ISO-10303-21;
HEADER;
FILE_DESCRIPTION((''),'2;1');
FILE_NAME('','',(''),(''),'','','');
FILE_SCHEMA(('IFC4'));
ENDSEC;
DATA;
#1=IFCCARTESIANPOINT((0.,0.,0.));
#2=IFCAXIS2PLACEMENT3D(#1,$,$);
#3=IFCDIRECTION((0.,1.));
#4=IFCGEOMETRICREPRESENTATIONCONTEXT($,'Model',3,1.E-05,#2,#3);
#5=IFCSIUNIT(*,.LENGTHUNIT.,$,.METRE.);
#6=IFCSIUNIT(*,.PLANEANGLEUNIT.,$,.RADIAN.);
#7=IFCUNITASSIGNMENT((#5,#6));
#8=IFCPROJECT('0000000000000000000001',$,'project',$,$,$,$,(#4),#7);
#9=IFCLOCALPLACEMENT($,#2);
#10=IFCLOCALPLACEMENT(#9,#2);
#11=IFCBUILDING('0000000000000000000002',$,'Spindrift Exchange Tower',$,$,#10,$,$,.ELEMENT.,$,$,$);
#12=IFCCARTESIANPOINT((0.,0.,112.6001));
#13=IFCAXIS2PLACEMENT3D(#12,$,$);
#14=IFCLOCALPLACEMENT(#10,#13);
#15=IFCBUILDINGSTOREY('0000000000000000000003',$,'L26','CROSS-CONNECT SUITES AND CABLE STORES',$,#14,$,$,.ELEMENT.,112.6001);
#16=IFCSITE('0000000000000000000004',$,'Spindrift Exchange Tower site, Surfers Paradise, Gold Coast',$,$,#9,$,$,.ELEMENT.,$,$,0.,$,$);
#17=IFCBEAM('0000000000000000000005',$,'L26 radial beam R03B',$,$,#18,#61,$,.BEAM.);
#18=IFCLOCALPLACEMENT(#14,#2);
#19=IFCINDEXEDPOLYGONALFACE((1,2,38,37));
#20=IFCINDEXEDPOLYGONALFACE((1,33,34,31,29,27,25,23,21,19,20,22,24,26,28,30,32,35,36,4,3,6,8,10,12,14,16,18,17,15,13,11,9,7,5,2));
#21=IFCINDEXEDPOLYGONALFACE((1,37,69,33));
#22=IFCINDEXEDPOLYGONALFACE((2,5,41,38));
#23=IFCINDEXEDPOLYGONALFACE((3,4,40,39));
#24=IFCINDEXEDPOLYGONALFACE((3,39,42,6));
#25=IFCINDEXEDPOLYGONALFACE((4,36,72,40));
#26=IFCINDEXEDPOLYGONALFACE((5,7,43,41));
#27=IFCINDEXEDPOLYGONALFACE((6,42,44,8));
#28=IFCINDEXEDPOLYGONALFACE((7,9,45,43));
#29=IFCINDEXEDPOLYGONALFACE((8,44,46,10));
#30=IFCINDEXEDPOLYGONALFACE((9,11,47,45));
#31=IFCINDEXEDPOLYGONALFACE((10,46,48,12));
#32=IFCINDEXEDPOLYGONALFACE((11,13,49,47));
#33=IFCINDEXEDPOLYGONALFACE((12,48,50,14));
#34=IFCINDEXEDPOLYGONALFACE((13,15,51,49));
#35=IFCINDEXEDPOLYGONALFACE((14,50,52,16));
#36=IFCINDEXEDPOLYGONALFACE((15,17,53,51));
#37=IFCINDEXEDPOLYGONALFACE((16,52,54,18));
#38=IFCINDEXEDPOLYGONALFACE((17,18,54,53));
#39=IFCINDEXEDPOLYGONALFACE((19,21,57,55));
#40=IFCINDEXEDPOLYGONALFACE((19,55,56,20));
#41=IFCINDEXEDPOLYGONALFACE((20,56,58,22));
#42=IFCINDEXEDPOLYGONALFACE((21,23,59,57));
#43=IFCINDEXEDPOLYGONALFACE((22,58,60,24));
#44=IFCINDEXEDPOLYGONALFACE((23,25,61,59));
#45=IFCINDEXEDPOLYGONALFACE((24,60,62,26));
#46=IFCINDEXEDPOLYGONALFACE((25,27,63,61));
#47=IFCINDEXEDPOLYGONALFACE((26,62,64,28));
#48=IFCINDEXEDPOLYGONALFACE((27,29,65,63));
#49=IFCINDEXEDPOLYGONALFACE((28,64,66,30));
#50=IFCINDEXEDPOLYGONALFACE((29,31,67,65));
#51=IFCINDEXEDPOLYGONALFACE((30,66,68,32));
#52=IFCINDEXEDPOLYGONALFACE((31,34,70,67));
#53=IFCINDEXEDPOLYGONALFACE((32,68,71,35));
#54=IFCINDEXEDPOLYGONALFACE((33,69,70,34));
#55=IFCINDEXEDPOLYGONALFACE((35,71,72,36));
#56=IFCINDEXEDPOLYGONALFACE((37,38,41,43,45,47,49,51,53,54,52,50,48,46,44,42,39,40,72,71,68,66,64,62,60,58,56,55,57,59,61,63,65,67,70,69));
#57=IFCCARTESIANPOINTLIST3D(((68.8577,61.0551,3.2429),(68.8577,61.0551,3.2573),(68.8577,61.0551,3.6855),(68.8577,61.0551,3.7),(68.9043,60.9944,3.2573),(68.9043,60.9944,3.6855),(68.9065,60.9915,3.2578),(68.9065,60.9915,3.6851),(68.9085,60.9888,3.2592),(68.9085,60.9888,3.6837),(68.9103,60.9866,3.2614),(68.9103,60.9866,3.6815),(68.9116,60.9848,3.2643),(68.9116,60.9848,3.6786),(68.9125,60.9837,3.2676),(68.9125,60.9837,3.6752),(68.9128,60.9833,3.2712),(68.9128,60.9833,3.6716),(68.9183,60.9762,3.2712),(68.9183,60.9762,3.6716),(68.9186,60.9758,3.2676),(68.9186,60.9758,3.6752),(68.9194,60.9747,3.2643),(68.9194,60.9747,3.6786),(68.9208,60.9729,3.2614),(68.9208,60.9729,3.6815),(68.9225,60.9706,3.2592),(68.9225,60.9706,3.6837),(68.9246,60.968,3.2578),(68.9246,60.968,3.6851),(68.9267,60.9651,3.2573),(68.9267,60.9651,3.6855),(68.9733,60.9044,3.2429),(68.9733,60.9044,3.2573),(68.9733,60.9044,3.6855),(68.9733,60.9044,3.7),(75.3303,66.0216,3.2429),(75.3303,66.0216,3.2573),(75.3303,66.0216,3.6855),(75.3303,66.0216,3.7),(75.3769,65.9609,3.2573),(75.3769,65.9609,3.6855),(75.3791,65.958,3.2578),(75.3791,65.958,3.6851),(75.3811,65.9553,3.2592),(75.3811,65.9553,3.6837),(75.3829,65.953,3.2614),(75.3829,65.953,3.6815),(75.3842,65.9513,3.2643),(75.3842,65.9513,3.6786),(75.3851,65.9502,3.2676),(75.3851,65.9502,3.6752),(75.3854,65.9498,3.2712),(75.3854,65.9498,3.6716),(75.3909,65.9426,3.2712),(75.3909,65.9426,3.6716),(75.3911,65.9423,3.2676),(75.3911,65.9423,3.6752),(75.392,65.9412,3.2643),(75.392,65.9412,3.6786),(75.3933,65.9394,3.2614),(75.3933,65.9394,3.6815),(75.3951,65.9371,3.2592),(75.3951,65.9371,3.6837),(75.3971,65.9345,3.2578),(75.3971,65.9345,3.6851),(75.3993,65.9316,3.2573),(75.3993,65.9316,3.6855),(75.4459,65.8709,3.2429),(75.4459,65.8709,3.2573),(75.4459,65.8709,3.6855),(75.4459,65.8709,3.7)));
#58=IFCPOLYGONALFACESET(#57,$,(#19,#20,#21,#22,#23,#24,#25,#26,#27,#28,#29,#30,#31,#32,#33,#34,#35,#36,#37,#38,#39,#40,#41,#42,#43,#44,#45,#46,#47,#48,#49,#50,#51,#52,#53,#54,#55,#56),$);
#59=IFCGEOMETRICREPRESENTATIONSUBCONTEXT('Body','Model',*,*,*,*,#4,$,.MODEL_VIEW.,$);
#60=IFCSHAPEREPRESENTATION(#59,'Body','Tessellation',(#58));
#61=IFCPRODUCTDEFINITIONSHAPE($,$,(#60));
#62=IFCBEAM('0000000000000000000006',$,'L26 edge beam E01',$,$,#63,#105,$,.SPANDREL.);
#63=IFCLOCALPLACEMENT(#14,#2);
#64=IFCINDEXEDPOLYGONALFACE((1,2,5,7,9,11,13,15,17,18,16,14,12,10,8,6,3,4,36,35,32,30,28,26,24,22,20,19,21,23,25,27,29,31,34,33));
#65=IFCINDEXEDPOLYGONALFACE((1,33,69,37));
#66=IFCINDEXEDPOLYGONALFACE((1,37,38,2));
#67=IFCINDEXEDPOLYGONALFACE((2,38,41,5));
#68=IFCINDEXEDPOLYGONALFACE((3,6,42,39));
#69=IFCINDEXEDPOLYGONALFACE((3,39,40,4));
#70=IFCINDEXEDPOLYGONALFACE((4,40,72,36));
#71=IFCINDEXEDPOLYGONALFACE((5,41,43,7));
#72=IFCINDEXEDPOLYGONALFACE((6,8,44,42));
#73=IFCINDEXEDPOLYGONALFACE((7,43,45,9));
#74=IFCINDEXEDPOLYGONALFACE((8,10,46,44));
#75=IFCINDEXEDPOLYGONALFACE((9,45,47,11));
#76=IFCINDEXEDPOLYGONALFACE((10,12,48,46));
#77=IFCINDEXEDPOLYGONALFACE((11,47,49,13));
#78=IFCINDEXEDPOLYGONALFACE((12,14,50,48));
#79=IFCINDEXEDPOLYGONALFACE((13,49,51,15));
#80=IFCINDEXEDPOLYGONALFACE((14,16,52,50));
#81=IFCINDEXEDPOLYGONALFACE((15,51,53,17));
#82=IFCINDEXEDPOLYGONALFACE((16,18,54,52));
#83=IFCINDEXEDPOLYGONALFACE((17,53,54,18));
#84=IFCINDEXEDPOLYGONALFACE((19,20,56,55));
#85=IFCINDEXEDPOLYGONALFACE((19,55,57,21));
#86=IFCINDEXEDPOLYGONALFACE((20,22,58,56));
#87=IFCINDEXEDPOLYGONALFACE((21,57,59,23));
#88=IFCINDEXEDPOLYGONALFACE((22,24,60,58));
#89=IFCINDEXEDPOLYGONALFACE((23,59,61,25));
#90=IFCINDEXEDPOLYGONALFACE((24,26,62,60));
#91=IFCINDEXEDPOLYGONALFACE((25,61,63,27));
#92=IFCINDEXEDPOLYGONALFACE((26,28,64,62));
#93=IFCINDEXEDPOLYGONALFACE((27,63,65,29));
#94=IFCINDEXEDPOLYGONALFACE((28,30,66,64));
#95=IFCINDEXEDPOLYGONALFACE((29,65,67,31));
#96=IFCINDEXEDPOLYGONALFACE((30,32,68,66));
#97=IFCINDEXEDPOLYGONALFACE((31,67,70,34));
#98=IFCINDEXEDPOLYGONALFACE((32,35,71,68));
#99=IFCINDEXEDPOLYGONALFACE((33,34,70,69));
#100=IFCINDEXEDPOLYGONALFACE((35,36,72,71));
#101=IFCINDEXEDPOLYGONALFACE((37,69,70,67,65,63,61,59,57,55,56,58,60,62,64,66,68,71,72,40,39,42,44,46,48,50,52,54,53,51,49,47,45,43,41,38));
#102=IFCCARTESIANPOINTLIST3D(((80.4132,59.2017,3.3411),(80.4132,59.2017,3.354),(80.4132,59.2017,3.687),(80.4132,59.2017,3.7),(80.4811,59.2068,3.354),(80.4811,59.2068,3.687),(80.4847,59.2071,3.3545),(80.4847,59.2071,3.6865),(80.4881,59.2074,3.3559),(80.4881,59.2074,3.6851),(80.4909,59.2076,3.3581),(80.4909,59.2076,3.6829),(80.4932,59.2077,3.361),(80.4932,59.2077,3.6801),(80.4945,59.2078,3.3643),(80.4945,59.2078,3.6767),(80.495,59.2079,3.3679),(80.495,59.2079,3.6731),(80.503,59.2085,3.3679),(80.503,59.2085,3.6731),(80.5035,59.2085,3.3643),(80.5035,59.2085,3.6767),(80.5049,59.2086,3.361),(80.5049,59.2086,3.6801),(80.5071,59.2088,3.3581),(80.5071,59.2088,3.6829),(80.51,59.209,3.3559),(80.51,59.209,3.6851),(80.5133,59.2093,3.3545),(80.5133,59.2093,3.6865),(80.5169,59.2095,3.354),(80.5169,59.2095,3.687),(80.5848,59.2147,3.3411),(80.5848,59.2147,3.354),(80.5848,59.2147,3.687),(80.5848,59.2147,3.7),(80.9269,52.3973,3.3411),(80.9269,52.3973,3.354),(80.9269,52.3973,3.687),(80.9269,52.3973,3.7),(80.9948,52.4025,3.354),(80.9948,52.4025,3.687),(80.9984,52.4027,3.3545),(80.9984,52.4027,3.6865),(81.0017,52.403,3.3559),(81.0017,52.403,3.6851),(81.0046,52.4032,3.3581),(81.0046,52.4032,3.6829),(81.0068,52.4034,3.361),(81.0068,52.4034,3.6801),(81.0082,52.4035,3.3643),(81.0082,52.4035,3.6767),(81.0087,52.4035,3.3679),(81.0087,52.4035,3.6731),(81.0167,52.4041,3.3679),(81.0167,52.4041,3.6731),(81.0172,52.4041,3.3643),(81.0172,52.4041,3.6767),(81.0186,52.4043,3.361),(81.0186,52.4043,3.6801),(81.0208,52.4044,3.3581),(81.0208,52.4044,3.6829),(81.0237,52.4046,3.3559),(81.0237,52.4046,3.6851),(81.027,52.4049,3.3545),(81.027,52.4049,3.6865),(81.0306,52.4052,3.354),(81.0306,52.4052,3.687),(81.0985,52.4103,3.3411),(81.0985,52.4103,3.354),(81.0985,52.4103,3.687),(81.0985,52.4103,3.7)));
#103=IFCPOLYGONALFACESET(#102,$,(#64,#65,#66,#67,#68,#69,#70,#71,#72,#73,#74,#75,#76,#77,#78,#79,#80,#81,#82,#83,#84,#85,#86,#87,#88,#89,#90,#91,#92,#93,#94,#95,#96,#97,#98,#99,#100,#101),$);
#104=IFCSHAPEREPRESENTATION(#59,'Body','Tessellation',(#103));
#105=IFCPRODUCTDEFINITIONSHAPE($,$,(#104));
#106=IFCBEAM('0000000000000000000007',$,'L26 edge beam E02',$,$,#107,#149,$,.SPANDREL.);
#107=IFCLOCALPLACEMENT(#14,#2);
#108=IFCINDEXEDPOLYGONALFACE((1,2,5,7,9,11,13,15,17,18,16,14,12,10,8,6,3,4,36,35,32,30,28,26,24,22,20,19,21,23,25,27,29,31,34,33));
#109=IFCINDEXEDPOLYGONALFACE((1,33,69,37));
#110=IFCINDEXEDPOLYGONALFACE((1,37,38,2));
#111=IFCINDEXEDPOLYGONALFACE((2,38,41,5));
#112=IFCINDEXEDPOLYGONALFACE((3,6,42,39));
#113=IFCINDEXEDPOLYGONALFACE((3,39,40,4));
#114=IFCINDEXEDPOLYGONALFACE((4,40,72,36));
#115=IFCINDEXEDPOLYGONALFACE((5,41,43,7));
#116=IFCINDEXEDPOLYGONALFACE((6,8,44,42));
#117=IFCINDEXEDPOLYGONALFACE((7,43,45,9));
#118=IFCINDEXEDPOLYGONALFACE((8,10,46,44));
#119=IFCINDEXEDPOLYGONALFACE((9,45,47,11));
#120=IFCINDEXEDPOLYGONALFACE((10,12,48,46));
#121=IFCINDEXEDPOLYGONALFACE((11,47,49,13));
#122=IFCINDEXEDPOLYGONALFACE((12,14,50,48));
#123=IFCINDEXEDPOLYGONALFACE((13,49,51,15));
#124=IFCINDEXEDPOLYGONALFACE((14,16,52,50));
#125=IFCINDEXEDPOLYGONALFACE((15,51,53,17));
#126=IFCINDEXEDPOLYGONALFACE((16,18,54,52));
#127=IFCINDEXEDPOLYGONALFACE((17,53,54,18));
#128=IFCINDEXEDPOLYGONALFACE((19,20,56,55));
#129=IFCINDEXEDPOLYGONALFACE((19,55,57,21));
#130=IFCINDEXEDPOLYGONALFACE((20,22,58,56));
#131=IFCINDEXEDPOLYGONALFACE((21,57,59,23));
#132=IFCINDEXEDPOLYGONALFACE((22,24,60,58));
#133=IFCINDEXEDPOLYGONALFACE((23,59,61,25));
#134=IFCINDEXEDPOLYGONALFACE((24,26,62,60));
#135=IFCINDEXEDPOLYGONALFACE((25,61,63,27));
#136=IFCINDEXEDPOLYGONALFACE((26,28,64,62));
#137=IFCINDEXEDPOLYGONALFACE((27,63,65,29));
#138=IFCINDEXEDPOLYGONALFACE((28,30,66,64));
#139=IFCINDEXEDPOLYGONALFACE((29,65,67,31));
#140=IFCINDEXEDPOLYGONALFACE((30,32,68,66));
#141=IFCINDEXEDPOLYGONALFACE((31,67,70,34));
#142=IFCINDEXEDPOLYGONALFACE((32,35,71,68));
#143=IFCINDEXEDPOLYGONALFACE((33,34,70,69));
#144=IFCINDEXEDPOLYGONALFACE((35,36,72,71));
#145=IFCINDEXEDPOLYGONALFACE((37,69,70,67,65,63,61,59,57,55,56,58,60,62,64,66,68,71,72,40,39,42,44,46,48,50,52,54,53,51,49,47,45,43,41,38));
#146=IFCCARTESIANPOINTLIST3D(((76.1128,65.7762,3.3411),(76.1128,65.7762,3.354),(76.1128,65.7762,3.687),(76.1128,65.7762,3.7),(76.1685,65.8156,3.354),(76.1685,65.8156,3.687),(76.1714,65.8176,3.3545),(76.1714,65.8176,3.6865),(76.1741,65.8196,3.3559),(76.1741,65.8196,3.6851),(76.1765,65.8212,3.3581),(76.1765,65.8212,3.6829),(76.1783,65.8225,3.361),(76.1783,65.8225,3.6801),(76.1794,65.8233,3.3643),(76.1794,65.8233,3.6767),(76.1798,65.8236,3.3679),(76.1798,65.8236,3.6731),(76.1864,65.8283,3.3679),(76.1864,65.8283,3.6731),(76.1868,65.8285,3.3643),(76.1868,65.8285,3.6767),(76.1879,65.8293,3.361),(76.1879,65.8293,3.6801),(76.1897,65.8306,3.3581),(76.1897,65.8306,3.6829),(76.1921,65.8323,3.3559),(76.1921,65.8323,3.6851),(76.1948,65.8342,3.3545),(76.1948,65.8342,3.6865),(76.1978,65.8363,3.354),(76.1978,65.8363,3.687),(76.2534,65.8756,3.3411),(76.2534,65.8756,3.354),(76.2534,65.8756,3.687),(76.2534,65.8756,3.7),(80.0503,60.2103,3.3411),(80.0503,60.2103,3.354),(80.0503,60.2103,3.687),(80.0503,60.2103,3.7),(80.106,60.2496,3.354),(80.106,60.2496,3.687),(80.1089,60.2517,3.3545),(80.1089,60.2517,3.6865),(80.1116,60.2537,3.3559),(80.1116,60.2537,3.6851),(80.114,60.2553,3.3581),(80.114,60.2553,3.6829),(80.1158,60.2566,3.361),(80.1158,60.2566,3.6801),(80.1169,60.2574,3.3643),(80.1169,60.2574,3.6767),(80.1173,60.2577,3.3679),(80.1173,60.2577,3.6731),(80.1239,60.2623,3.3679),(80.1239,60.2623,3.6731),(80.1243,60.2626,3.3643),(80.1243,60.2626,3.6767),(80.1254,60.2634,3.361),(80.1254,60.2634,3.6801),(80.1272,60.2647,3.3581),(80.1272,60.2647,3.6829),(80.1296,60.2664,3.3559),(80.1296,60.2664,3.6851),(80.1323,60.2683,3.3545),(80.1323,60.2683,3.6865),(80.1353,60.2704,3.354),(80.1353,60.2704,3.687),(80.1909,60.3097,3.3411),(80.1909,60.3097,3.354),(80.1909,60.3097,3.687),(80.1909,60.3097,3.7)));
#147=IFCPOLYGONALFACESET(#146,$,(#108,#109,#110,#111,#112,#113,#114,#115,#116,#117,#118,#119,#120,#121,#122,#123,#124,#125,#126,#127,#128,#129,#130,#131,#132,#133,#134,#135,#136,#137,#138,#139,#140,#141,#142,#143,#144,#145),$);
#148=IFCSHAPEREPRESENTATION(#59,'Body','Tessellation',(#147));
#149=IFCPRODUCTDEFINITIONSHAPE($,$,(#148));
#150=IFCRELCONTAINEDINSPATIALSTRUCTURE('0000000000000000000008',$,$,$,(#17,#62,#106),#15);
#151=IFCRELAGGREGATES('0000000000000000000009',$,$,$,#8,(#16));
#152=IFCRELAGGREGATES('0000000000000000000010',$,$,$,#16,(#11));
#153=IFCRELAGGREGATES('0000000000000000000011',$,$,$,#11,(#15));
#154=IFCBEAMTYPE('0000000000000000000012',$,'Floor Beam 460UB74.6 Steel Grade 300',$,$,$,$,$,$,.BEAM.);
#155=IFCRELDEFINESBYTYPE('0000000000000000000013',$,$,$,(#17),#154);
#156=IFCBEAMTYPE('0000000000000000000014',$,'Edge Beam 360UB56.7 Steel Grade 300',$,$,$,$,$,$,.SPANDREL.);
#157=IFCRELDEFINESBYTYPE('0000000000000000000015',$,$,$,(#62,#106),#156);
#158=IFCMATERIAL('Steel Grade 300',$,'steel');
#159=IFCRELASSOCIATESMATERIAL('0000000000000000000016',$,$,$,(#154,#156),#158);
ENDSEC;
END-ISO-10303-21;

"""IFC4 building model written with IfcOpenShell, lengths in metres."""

from ifc_helpers import new_model, si_unit, direction, frame, origin, origin_2d, place, context, subcontext, project, spatial, i_section, extrude, source, transform, mapped, material, material_profile, profile_set, type_object, element, save


model = new_model("IFC4")

# Units and contexts
model_context = context("Model", 3, precision=1e-05, world=origin(), true_north=direction((0.0, 1.0)))
body_context = subcontext(model_context, "Body", "Model", "MODEL_VIEW")
ifc_project = project(units=[si_unit("LENGTHUNIT", "METRE"), si_unit("PLANEANGLEUNIT", "RADIAN")], contexts=[model_context])

# Site, building, storey
site_placement = place(None, origin())
site = spatial("IfcSite", under=ifc_project, at=site_placement, Name="Spindrift Exchange Tower site, Surfers Paradise, Gold Coast", CompositionType="ELEMENT", RefElevation=0.0)
building_placement = place(site_placement, origin())
building = spatial("IfcBuilding", under=site, at=building_placement, Name="Spindrift Exchange Tower", CompositionType="ELEMENT")
storey_placement = place(building_placement, frame((0.0, 0.0, 112.6001)))
storey = spatial("IfcBuildingStorey", under=building, at=storey_placement, Name="L26", Description="CROSS-CONNECT SUITES AND CABLE STORES", CompositionType="ELEMENT", Elevation=112.6001)

# Beams
ifc_material_1 = material(Name="Steel Grade 300", Category="steel")
ifc_material_profile_1 = material_profile(ifc_material_1, i_section(OverallWidth=0.1899, OverallDepth=0.457, WebThickness=0.009, FlangeThickness=0.0144, FilletRadius=0.0139, at=origin_2d()), Name="460UB74.6")
ifc_profile_set_1 = profile_set([ifc_material_profile_1], Name="Steel Grade 300")
beam_type_1 = type_object("IfcBeamType", Name="Floor Beam 460UB74.6 Steel Grade 300", PredefinedType="BEAM", material=ifc_profile_set_1)
shared_shape_1 = source(origin(), body_context, "Body", "SweptSolid", [
    extrude(i_section(OverallWidth=0.1899, OverallDepth=0.457, WebThickness=0.009, FlangeThickness=0.0144, FilletRadius=0.0139, at=origin_2d()), origin(), (0.0, 0.0, 1.0), 8.1584),
])
beam_1_placement = place(storey_placement, frame((68.9155, 60.9797, 3.4714), z_axis=(0.793359, 0.608754, 0.0), x_axis=(-0.608754, 0.793359, 0.0)))
element("IfcBeam", 1, at=beam_1_placement, inside=storey, type_object=beam_type_1, Name="L26 radial beam R03B", PredefinedType="BEAM", context=body_context, shape_type="MappedRepresentation", body=[
    mapped(shared_shape_1, transform((0.0, 0.0, 0.0), scale=1.0)),
])
ifc_material_profile_2 = material_profile(ifc_material_1, i_section(OverallWidth=0.1721, OverallDepth=0.3589, WebThickness=0.0081, FlangeThickness=0.0129, FilletRadius=0.0139, at=origin_2d()), Name="360UB56.7")
ifc_profile_set_2 = profile_set([ifc_material_profile_2], Name="Steel Grade 300")
beam_type_2 = type_object("IfcBeamType", Name="Edge Beam 360UB56.7 Steel Grade 300", PredefinedType="SPANDREL", material=ifc_profile_set_2)
shared_shape_2 = source(origin(), body_context, "Body", "SweptSolid", [
    extrude(i_section(OverallWidth=0.1721, OverallDepth=0.3589, WebThickness=0.0081, FlangeThickness=0.0129, FilletRadius=0.0139, at=origin_2d()), origin(), (0.0, 0.0, 1.0), 6.8237),
])
beam_2_placement = place(storey_placement, frame((81.0127, 52.4038, 3.5205), z_axis=(-0.075276, 0.997163, 0.0), x_axis=(-0.997163, -0.075276, 0.0)))
element("IfcBeam", 2, at=beam_2_placement, inside=storey, type_object=beam_type_2, Name="L26 edge beam E01", PredefinedType="SPANDREL", context=body_context, shape_type="MappedRepresentation", body=[
    mapped(shared_shape_2, transform((0.0, 0.0, 0.0), scale=1.0)),
])
shared_shape_3 = source(origin(), body_context, "Body", "SweptSolid", [
    extrude(i_section(OverallWidth=0.1721, OverallDepth=0.3589, WebThickness=0.0081, FlangeThickness=0.0129, FilletRadius=0.0139, at=origin_2d()), origin(), (0.0, 0.0, 1.0), 6.8179),
])
beam_3_placement = place(storey_placement, frame((80.1206, 60.26, 3.5205), z_axis=(-0.577526, 0.816372, 0.0), x_axis=(-0.816372, -0.577526, 0.0)))
element("IfcBeam", 3, at=beam_3_placement, inside=storey, type_object=beam_type_2, Name="L26 edge beam E02", PredefinedType="SPANDREL", context=body_context, shape_type="MappedRepresentation", body=[
    mapped(shared_shape_3, transform((0.0, 0.0, 0.0), scale=1.0)),
])

save(model, "model.ifc")
